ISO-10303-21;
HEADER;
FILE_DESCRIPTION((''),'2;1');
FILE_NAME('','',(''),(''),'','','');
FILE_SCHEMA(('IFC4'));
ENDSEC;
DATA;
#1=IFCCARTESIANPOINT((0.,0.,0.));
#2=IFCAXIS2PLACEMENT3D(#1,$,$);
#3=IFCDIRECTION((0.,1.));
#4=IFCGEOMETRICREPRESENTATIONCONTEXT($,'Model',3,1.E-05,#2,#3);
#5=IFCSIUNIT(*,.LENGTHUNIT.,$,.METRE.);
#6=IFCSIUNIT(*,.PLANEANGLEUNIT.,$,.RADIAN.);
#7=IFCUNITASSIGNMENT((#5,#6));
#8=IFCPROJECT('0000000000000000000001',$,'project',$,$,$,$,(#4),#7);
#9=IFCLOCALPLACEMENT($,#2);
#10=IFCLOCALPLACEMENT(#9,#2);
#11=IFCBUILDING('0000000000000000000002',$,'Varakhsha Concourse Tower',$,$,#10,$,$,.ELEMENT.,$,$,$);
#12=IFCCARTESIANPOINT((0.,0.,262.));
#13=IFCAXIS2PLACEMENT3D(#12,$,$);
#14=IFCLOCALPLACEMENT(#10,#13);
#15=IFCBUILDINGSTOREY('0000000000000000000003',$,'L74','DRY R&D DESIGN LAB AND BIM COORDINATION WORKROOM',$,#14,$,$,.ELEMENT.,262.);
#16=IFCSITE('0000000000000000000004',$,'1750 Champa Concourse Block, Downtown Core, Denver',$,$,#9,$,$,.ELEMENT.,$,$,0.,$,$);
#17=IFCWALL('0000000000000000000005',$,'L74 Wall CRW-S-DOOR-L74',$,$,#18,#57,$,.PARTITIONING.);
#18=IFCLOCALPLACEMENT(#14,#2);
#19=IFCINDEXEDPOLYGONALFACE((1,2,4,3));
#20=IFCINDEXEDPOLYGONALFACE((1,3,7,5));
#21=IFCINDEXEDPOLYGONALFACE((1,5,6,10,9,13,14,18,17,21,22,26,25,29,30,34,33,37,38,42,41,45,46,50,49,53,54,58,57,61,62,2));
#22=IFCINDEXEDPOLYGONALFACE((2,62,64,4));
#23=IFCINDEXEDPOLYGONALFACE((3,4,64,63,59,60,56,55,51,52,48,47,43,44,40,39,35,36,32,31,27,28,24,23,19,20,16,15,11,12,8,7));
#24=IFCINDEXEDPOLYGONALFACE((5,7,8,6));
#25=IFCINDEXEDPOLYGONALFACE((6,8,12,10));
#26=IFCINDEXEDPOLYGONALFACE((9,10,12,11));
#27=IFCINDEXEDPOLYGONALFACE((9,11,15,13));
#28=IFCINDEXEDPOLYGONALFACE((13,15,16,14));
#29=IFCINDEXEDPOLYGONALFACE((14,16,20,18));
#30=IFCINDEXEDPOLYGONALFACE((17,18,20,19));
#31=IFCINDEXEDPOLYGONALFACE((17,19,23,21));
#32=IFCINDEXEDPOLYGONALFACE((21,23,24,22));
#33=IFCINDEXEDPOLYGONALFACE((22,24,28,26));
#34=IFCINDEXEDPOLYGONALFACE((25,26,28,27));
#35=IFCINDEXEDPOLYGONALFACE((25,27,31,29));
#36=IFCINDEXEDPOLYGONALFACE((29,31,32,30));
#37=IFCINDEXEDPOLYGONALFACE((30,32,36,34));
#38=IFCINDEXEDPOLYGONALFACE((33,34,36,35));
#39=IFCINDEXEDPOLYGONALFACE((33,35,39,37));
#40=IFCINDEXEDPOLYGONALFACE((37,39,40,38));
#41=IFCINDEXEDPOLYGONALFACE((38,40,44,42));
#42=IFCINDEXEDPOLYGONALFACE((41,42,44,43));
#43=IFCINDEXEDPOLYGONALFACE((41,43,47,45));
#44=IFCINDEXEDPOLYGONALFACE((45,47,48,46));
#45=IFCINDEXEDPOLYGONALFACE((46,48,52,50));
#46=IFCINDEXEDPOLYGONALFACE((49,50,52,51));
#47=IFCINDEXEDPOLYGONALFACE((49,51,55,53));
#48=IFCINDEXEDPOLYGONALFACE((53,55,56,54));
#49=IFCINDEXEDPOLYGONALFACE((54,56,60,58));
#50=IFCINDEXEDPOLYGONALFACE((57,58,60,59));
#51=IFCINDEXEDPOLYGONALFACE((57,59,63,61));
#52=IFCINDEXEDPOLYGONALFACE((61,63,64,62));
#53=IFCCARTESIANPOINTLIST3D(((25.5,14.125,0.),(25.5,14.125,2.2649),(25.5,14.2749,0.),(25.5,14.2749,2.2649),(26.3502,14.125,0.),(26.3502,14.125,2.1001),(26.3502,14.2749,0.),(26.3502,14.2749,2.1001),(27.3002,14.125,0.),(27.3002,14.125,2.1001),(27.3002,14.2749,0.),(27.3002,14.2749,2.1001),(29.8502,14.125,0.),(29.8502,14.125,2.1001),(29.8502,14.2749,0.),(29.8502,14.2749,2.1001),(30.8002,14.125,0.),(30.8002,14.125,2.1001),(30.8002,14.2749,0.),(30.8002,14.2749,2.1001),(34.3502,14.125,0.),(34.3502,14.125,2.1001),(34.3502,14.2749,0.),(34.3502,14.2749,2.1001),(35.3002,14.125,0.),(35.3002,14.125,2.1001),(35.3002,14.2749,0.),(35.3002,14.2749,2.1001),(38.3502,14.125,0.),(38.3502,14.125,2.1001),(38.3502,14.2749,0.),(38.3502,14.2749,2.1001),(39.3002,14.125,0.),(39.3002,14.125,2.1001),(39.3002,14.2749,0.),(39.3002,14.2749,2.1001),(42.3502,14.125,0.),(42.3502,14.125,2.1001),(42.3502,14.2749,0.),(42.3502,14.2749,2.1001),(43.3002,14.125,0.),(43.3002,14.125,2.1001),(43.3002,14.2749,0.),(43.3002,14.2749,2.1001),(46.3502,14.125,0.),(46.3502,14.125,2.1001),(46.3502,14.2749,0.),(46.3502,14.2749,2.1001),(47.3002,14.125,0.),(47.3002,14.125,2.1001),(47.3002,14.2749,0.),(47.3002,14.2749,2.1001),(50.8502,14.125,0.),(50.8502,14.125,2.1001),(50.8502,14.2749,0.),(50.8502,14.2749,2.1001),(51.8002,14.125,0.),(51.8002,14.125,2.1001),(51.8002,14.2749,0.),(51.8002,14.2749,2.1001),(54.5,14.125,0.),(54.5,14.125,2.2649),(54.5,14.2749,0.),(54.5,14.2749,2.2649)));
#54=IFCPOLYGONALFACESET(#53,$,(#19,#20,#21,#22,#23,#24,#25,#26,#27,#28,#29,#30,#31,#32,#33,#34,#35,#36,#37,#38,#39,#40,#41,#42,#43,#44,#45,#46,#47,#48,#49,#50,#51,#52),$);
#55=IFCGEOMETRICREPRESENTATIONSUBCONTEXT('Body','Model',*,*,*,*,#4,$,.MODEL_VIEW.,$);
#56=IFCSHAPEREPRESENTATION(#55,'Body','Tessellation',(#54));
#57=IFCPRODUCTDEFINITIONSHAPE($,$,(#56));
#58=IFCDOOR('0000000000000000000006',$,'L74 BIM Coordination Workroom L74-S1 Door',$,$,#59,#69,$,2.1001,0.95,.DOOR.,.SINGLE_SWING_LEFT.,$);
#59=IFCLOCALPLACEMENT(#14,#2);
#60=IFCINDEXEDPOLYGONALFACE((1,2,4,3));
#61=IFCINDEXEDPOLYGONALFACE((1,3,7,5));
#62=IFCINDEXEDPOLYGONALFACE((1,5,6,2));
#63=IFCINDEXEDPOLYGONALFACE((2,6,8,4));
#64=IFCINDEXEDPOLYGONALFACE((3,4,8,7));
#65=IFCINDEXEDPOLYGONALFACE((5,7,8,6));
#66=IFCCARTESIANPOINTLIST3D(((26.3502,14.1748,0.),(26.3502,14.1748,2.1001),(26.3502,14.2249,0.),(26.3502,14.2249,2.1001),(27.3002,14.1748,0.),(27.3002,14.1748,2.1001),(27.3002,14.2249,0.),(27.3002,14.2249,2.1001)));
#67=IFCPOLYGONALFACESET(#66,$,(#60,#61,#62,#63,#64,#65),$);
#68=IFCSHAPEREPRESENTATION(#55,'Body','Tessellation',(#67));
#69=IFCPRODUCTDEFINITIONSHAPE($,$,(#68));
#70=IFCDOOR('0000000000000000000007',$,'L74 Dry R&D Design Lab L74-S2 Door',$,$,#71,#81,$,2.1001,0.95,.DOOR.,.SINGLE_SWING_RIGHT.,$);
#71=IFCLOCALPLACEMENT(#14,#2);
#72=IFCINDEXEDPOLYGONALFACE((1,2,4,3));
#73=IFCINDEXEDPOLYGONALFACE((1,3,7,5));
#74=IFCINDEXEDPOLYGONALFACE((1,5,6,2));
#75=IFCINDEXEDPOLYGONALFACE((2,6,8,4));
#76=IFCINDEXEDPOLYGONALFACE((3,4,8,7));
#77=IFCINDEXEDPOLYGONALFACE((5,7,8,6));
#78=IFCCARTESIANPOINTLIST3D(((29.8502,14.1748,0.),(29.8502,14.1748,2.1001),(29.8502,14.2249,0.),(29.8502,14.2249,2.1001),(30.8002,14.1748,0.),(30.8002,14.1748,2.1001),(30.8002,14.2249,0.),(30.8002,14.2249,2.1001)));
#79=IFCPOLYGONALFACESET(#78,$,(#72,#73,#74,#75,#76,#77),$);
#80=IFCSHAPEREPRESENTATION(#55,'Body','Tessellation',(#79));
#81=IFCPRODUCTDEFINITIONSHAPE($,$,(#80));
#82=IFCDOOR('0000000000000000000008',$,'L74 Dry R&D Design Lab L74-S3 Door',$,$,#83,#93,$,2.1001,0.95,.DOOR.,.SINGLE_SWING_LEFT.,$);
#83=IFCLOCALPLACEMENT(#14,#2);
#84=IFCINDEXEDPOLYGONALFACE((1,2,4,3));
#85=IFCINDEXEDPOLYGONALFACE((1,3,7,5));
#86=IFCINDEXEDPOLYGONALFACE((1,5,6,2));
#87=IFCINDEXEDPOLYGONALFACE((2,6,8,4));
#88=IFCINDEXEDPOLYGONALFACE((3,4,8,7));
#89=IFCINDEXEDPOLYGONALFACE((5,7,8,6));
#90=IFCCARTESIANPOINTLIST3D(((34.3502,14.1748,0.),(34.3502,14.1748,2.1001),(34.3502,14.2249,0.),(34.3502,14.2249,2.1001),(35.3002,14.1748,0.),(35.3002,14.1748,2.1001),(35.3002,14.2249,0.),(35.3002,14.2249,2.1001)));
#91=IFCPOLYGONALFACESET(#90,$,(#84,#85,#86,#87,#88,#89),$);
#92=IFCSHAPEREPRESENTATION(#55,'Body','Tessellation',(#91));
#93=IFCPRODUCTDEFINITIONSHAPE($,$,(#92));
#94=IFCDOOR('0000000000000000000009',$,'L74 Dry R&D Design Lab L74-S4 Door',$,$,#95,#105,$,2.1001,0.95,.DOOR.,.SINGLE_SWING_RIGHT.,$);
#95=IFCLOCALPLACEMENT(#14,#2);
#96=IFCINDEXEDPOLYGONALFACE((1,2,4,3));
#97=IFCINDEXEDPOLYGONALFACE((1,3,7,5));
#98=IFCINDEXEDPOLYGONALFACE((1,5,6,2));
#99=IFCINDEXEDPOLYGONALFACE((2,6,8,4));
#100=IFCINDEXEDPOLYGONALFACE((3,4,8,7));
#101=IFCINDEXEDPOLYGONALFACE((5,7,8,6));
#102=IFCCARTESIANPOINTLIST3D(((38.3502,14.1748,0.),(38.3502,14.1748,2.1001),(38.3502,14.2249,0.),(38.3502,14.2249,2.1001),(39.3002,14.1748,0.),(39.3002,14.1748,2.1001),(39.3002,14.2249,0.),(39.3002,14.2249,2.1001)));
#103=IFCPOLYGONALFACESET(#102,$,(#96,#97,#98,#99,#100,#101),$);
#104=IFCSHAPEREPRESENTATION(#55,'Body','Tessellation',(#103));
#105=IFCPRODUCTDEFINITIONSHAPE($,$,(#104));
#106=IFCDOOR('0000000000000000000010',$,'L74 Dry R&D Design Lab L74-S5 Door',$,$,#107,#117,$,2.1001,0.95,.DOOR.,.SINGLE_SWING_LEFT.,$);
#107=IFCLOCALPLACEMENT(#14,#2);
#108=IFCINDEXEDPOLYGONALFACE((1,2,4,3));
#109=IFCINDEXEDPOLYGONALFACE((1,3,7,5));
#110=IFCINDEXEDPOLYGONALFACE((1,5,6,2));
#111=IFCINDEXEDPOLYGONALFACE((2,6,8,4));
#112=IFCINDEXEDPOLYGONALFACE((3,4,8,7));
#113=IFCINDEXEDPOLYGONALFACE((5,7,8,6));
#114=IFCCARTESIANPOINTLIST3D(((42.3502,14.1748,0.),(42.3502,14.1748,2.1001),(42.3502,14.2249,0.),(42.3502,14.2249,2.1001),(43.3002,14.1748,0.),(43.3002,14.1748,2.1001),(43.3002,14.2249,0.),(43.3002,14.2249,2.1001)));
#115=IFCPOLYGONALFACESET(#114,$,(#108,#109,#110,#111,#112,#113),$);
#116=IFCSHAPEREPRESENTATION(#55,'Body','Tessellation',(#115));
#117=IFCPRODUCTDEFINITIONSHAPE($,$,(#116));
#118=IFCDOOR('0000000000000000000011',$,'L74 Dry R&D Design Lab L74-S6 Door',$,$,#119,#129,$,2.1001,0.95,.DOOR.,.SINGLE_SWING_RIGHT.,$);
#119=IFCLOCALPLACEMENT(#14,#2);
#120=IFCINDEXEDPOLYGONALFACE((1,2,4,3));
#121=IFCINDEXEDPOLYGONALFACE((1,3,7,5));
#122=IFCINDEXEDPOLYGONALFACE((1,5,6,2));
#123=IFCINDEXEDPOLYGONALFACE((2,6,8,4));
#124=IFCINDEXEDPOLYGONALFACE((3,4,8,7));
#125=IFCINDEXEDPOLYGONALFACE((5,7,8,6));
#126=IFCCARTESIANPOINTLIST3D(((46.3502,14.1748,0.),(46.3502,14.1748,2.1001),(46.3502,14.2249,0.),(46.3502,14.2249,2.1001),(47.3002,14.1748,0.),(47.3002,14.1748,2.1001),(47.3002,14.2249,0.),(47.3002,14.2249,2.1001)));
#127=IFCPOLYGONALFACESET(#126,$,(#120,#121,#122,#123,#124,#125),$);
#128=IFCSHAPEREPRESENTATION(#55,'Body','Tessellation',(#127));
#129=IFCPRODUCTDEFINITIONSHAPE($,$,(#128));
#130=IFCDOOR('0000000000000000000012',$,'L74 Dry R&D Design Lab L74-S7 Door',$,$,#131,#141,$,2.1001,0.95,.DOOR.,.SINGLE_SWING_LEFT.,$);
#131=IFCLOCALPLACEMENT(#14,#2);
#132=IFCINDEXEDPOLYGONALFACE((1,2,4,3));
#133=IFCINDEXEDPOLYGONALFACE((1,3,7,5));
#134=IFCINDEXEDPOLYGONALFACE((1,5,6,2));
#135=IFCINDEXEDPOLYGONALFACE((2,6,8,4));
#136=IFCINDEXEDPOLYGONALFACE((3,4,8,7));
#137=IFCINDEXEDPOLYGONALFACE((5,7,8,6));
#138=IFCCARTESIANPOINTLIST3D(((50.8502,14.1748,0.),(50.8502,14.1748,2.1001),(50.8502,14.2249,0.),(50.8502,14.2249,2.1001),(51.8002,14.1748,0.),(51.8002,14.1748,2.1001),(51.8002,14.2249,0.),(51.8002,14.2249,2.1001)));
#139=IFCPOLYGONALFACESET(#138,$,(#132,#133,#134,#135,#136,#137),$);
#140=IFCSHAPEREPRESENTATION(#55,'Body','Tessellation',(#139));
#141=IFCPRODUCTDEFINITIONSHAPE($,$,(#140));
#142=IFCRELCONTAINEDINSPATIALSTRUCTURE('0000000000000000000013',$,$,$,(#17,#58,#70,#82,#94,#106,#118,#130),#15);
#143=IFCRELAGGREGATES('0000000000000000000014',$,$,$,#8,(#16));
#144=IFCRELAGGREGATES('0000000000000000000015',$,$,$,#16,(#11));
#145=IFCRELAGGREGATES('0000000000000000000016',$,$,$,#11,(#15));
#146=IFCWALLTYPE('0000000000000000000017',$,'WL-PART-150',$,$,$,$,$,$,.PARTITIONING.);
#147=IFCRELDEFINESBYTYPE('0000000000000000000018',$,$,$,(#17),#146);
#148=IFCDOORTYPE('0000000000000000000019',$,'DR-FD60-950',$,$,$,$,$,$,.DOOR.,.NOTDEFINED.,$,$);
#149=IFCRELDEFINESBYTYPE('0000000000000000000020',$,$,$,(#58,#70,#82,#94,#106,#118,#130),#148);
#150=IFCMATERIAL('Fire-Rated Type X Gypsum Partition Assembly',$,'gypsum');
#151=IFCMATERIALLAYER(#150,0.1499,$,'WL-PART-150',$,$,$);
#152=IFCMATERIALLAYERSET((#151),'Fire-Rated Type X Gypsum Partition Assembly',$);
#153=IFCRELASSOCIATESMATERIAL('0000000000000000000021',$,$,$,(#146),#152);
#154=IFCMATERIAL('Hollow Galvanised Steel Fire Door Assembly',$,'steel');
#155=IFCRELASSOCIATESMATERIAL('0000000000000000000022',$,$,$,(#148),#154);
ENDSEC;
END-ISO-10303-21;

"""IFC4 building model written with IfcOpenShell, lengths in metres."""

from ifc_helpers import new_model, si_unit, direction, frame, frame_2d, origin, place, context, subcontext, project, spatial, rectangle, extrude, material, layer, layer_set, type_object, element, fill, save


model = new_model("IFC4")

# Units and contexts
model_context = context("Model", 3, precision=1e-05, world=origin(), true_north=direction((0.0, 1.0)))
body_context = subcontext(model_context, "Body", "Model", "MODEL_VIEW")
ifc_project = project(units=[si_unit("LENGTHUNIT", "METRE"), si_unit("PLANEANGLEUNIT", "RADIAN")], contexts=[model_context])

# Site, building, storey
site_placement = place(None, origin())
site = spatial("IfcSite", under=ifc_project, at=site_placement, Name="1750 Champa Concourse Block, Downtown Core, Denver", CompositionType="ELEMENT", RefElevation=0.0)
building_placement = place(site_placement, origin())
building = spatial("IfcBuilding", under=site, at=building_placement, Name="Varakhsha Concourse Tower", CompositionType="ELEMENT")
storey_placement = place(building_placement, frame((0.0, 0.0, 262.0)))
storey = spatial("IfcBuildingStorey", under=building, at=storey_placement, Name="L74", Description="DRY R&D DESIGN LAB AND BIM COORDINATION WORKROOM", CompositionType="ELEMENT", Elevation=262.0)

# Wall, openings, doors
ifc_material_1 = material(Name="Fire-Rated Type X Gypsum Partition Assembly", Category="gypsum")
ifc_layer_1 = layer(ifc_material_1, 0.1499, Name="WL-PART-150")
ifc_layer_set_1 = layer_set([ifc_layer_1], Name="Fire-Rated Type X Gypsum Partition Assembly")
wall_type = type_object("IfcWallType", Name="WL-PART-150", PredefinedType="PARTITIONING", material=ifc_layer_set_1)
wall_placement = place(storey_placement, frame((25.5, 14.2, 0.0), z_axis=(0.0, 0.0, 1.0), x_axis=(1.0, 0.0, 0.0)))
wall = element("IfcWall", 1, at=wall_placement, inside=storey, type_object=wall_type, Name="L74 Wall CRW-S-DOOR-L74", PredefinedType="PARTITIONING", context=body_context, shape_type="SweptSolid", body=[
    extrude(rectangle(XDim=29.0, YDim=0.1499, at=frame_2d((14.5, 0.0))), origin(), (0.0, 0.0, 1.0), 2.2649),
])
opening_1_placement = place(wall_placement, frame((0.8501, 0.0, 0.0)))
opening_1 = element("IfcOpeningElement", 2, at=opening_1_placement, cuts=wall, PredefinedType="OPENING", context=body_context, shape_type="SweptSolid", body=[
    extrude(rectangle(XDim=0.95, YDim=2.1001, at=frame_2d((0.4751, 1.05))), frame((0.0, 0.085, 0.0), z_axis=(0.0, -1.0, 0.0), x_axis=(1.0, 0.0, 0.0)), (0.0, 0.0, 1.0), 0.1699),
])
opening_2_placement = place(wall_placement, frame((4.3501, 0.0, 0.0)))
opening_2 = element("IfcOpeningElement", 3, at=opening_2_placement, cuts=wall, PredefinedType="OPENING", context=body_context, shape_type="SweptSolid", body=[
    extrude(rectangle(XDim=0.95, YDim=2.1001, at=frame_2d((0.4751, 1.05))), frame((0.0, 0.085, 0.0), z_axis=(0.0, -1.0, 0.0), x_axis=(1.0, 0.0, 0.0)), (0.0, 0.0, 1.0), 0.1699),
])
opening_3_placement = place(wall_placement, frame((8.8501, 0.0, 0.0)))
opening_3 = element("IfcOpeningElement", 4, at=opening_3_placement, cuts=wall, PredefinedType="OPENING", context=body_context, shape_type="SweptSolid", body=[
    extrude(rectangle(XDim=0.95, YDim=2.1001, at=frame_2d((0.4751, 1.05))), frame((0.0, 0.085, 0.0), z_axis=(0.0, -1.0, 0.0), x_axis=(1.0, 0.0, 0.0)), (0.0, 0.0, 1.0), 0.1699),
])
opening_4_placement = place(wall_placement, frame((12.8501, 0.0, 0.0)))
opening_4 = element("IfcOpeningElement", 5, at=opening_4_placement, cuts=wall, PredefinedType="OPENING", context=body_context, shape_type="SweptSolid", body=[
    extrude(rectangle(XDim=0.95, YDim=2.1001, at=frame_2d((0.4751, 1.05))), frame((0.0, 0.085, 0.0), z_axis=(0.0, -1.0, 0.0), x_axis=(1.0, 0.0, 0.0)), (0.0, 0.0, 1.0), 0.1699),
])
opening_5_placement = place(wall_placement, frame((16.8501, 0.0, 0.0)))
opening_5 = element("IfcOpeningElement", 6, at=opening_5_placement, cuts=wall, PredefinedType="OPENING", context=body_context, shape_type="SweptSolid", body=[
    extrude(rectangle(XDim=0.95, YDim=2.1001, at=frame_2d((0.4751, 1.05))), frame((0.0, 0.085, 0.0), z_axis=(0.0, -1.0, 0.0), x_axis=(1.0, 0.0, 0.0)), (0.0, 0.0, 1.0), 0.1699),
])
opening_6_placement = place(wall_placement, frame((20.8501, 0.0, 0.0)))
opening_6 = element("IfcOpeningElement", 7, at=opening_6_placement, cuts=wall, PredefinedType="OPENING", context=body_context, shape_type="SweptSolid", body=[
    extrude(rectangle(XDim=0.95, YDim=2.1001, at=frame_2d((0.4751, 1.05))), frame((0.0, 0.085, 0.0), z_axis=(0.0, -1.0, 0.0), x_axis=(1.0, 0.0, 0.0)), (0.0, 0.0, 1.0), 0.1699),
])
opening_7_placement = place(wall_placement, frame((25.3501, 0.0, 0.0)))
opening_7 = element("IfcOpeningElement", 8, at=opening_7_placement, cuts=wall, PredefinedType="OPENING", context=body_context, shape_type="SweptSolid", body=[
    extrude(rectangle(XDim=0.95, YDim=2.1001, at=frame_2d((0.4751, 1.05))), frame((0.0, 0.085, 0.0), z_axis=(0.0, -1.0, 0.0), x_axis=(1.0, 0.0, 0.0)), (0.0, 0.0, 1.0), 0.1699),
])
ifc_material_2 = material(Name="Hollow Galvanised Steel Fire Door Assembly", Category="steel")
door_type = type_object("IfcDoorType", Name="DR-FD60-950", OperationType="NOTDEFINED", PredefinedType="DOOR", material=ifc_material_2)
door_1_placement = place(opening_1_placement, origin())
door_1 = element("IfcDoor", 9, at=door_1_placement, inside=storey, type_object=door_type, Name="L74 BIM Coordination Workroom L74-S1 Door", OperationType="SINGLE_SWING_LEFT", OverallHeight=2.1001, OverallWidth=0.95, PredefinedType="DOOR", context=body_context, shape_type="SweptSolid", body=[
    extrude(rectangle(XDim=0.95, YDim=2.1001, at=frame_2d((0.4751, 1.05))), frame((0.0, 0.0249, 0.0), z_axis=(0.0, -1.0, 0.0), x_axis=(1.0, 0.0, 0.0)), (0.0, 0.0, 1.0), 0.05),
])
fill(opening_1, door_1)
door_2_placement = place(opening_2_placement, origin())
door_2 = element("IfcDoor", 10, at=door_2_placement, inside=storey, type_object=door_type, Name="L74 Dry R&D Design Lab L74-S2 Door", OperationType="SINGLE_SWING_RIGHT", OverallHeight=2.1001, OverallWidth=0.95, PredefinedType="DOOR", context=body_context, shape_type="SweptSolid", body=[
    extrude(rectangle(XDim=0.95, YDim=2.1001, at=frame_2d((0.4751, 1.05))), frame((0.0, 0.0249, 0.0), z_axis=(0.0, -1.0, 0.0), x_axis=(1.0, 0.0, 0.0)), (0.0, 0.0, 1.0), 0.05),
])
fill(opening_2, door_2)
door_3_placement = place(opening_3_placement, origin())
door_3 = element("IfcDoor", 11, at=door_3_placement, inside=storey, type_object=door_type, Name="L74 Dry R&D Design Lab L74-S3 Door", OperationType="SINGLE_SWING_LEFT", OverallHeight=2.1001, OverallWidth=0.95, PredefinedType="DOOR", context=body_context, shape_type="SweptSolid", body=[
    extrude(rectangle(XDim=0.95, YDim=2.1001, at=frame_2d((0.4751, 1.05))), frame((0.0, 0.0249, 0.0), z_axis=(0.0, -1.0, 0.0), x_axis=(1.0, 0.0, 0.0)), (0.0, 0.0, 1.0), 0.05),
])
fill(opening_3, door_3)
door_4_placement = place(opening_4_placement, origin())
door_4 = element("IfcDoor", 12, at=door_4_placement, inside=storey, type_object=door_type, Name="L74 Dry R&D Design Lab L74-S4 Door", OperationType="SINGLE_SWING_RIGHT", OverallHeight=2.1001, OverallWidth=0.95, PredefinedType="DOOR", context=body_context, shape_type="SweptSolid", body=[
    extrude(rectangle(XDim=0.95, YDim=2.1001, at=frame_2d((0.4751, 1.05))), frame((0.0, 0.0249, 0.0), z_axis=(0.0, -1.0, 0.0), x_axis=(1.0, 0.0, 0.0)), (0.0, 0.0, 1.0), 0.05),
])
fill(opening_4, door_4)
door_5_placement = place(opening_5_placement, origin())
door_5 = element("IfcDoor", 13, at=door_5_placement, inside=storey, type_object=door_type, Name="L74 Dry R&D Design Lab L74-S5 Door", OperationType="SINGLE_SWING_LEFT", OverallHeight=2.1001, OverallWidth=0.95, PredefinedType="DOOR", context=body_context, shape_type="SweptSolid", body=[
    extrude(rectangle(XDim=0.95, YDim=2.1001, at=frame_2d((0.4751, 1.05))), frame((0.0, 0.0249, 0.0), z_axis=(0.0, -1.0, 0.0), x_axis=(1.0, 0.0, 0.0)), (0.0, 0.0, 1.0), 0.05),
])
fill(opening_5, door_5)
door_6_placement = place(opening_6_placement, origin())
door_6 = element("IfcDoor", 14, at=door_6_placement, inside=storey, type_object=door_type, Name="L74 Dry R&D Design Lab L74-S6 Door", OperationType="SINGLE_SWING_RIGHT", OverallHeight=2.1001, OverallWidth=0.95, PredefinedType="DOOR", context=body_context, shape_type="SweptSolid", body=[
    extrude(rectangle(XDim=0.95, YDim=2.1001, at=frame_2d((0.4751, 1.05))), frame((0.0, 0.0249, 0.0), z_axis=(0.0, -1.0, 0.0), x_axis=(1.0, 0.0, 0.0)), (0.0, 0.0, 1.0), 0.05),
])
fill(opening_6, door_6)
door_7_placement = place(opening_7_placement, origin())
door_7 = element("IfcDoor", 15, at=door_7_placement, inside=storey, type_object=door_type, Name="L74 Dry R&D Design Lab L74-S7 Door", OperationType="SINGLE_SWING_LEFT", OverallHeight=2.1001, OverallWidth=0.95, PredefinedType="DOOR", context=body_context, shape_type="SweptSolid", body=[
    extrude(rectangle(XDim=0.95, YDim=2.1001, at=frame_2d((0.4751, 1.05))), frame((0.0, 0.0249, 0.0), z_axis=(0.0, -1.0, 0.0), x_axis=(1.0, 0.0, 0.0)), (0.0, 0.0, 1.0), 0.05),
])
fill(opening_7, door_7)

save(model, "model.ifc")
